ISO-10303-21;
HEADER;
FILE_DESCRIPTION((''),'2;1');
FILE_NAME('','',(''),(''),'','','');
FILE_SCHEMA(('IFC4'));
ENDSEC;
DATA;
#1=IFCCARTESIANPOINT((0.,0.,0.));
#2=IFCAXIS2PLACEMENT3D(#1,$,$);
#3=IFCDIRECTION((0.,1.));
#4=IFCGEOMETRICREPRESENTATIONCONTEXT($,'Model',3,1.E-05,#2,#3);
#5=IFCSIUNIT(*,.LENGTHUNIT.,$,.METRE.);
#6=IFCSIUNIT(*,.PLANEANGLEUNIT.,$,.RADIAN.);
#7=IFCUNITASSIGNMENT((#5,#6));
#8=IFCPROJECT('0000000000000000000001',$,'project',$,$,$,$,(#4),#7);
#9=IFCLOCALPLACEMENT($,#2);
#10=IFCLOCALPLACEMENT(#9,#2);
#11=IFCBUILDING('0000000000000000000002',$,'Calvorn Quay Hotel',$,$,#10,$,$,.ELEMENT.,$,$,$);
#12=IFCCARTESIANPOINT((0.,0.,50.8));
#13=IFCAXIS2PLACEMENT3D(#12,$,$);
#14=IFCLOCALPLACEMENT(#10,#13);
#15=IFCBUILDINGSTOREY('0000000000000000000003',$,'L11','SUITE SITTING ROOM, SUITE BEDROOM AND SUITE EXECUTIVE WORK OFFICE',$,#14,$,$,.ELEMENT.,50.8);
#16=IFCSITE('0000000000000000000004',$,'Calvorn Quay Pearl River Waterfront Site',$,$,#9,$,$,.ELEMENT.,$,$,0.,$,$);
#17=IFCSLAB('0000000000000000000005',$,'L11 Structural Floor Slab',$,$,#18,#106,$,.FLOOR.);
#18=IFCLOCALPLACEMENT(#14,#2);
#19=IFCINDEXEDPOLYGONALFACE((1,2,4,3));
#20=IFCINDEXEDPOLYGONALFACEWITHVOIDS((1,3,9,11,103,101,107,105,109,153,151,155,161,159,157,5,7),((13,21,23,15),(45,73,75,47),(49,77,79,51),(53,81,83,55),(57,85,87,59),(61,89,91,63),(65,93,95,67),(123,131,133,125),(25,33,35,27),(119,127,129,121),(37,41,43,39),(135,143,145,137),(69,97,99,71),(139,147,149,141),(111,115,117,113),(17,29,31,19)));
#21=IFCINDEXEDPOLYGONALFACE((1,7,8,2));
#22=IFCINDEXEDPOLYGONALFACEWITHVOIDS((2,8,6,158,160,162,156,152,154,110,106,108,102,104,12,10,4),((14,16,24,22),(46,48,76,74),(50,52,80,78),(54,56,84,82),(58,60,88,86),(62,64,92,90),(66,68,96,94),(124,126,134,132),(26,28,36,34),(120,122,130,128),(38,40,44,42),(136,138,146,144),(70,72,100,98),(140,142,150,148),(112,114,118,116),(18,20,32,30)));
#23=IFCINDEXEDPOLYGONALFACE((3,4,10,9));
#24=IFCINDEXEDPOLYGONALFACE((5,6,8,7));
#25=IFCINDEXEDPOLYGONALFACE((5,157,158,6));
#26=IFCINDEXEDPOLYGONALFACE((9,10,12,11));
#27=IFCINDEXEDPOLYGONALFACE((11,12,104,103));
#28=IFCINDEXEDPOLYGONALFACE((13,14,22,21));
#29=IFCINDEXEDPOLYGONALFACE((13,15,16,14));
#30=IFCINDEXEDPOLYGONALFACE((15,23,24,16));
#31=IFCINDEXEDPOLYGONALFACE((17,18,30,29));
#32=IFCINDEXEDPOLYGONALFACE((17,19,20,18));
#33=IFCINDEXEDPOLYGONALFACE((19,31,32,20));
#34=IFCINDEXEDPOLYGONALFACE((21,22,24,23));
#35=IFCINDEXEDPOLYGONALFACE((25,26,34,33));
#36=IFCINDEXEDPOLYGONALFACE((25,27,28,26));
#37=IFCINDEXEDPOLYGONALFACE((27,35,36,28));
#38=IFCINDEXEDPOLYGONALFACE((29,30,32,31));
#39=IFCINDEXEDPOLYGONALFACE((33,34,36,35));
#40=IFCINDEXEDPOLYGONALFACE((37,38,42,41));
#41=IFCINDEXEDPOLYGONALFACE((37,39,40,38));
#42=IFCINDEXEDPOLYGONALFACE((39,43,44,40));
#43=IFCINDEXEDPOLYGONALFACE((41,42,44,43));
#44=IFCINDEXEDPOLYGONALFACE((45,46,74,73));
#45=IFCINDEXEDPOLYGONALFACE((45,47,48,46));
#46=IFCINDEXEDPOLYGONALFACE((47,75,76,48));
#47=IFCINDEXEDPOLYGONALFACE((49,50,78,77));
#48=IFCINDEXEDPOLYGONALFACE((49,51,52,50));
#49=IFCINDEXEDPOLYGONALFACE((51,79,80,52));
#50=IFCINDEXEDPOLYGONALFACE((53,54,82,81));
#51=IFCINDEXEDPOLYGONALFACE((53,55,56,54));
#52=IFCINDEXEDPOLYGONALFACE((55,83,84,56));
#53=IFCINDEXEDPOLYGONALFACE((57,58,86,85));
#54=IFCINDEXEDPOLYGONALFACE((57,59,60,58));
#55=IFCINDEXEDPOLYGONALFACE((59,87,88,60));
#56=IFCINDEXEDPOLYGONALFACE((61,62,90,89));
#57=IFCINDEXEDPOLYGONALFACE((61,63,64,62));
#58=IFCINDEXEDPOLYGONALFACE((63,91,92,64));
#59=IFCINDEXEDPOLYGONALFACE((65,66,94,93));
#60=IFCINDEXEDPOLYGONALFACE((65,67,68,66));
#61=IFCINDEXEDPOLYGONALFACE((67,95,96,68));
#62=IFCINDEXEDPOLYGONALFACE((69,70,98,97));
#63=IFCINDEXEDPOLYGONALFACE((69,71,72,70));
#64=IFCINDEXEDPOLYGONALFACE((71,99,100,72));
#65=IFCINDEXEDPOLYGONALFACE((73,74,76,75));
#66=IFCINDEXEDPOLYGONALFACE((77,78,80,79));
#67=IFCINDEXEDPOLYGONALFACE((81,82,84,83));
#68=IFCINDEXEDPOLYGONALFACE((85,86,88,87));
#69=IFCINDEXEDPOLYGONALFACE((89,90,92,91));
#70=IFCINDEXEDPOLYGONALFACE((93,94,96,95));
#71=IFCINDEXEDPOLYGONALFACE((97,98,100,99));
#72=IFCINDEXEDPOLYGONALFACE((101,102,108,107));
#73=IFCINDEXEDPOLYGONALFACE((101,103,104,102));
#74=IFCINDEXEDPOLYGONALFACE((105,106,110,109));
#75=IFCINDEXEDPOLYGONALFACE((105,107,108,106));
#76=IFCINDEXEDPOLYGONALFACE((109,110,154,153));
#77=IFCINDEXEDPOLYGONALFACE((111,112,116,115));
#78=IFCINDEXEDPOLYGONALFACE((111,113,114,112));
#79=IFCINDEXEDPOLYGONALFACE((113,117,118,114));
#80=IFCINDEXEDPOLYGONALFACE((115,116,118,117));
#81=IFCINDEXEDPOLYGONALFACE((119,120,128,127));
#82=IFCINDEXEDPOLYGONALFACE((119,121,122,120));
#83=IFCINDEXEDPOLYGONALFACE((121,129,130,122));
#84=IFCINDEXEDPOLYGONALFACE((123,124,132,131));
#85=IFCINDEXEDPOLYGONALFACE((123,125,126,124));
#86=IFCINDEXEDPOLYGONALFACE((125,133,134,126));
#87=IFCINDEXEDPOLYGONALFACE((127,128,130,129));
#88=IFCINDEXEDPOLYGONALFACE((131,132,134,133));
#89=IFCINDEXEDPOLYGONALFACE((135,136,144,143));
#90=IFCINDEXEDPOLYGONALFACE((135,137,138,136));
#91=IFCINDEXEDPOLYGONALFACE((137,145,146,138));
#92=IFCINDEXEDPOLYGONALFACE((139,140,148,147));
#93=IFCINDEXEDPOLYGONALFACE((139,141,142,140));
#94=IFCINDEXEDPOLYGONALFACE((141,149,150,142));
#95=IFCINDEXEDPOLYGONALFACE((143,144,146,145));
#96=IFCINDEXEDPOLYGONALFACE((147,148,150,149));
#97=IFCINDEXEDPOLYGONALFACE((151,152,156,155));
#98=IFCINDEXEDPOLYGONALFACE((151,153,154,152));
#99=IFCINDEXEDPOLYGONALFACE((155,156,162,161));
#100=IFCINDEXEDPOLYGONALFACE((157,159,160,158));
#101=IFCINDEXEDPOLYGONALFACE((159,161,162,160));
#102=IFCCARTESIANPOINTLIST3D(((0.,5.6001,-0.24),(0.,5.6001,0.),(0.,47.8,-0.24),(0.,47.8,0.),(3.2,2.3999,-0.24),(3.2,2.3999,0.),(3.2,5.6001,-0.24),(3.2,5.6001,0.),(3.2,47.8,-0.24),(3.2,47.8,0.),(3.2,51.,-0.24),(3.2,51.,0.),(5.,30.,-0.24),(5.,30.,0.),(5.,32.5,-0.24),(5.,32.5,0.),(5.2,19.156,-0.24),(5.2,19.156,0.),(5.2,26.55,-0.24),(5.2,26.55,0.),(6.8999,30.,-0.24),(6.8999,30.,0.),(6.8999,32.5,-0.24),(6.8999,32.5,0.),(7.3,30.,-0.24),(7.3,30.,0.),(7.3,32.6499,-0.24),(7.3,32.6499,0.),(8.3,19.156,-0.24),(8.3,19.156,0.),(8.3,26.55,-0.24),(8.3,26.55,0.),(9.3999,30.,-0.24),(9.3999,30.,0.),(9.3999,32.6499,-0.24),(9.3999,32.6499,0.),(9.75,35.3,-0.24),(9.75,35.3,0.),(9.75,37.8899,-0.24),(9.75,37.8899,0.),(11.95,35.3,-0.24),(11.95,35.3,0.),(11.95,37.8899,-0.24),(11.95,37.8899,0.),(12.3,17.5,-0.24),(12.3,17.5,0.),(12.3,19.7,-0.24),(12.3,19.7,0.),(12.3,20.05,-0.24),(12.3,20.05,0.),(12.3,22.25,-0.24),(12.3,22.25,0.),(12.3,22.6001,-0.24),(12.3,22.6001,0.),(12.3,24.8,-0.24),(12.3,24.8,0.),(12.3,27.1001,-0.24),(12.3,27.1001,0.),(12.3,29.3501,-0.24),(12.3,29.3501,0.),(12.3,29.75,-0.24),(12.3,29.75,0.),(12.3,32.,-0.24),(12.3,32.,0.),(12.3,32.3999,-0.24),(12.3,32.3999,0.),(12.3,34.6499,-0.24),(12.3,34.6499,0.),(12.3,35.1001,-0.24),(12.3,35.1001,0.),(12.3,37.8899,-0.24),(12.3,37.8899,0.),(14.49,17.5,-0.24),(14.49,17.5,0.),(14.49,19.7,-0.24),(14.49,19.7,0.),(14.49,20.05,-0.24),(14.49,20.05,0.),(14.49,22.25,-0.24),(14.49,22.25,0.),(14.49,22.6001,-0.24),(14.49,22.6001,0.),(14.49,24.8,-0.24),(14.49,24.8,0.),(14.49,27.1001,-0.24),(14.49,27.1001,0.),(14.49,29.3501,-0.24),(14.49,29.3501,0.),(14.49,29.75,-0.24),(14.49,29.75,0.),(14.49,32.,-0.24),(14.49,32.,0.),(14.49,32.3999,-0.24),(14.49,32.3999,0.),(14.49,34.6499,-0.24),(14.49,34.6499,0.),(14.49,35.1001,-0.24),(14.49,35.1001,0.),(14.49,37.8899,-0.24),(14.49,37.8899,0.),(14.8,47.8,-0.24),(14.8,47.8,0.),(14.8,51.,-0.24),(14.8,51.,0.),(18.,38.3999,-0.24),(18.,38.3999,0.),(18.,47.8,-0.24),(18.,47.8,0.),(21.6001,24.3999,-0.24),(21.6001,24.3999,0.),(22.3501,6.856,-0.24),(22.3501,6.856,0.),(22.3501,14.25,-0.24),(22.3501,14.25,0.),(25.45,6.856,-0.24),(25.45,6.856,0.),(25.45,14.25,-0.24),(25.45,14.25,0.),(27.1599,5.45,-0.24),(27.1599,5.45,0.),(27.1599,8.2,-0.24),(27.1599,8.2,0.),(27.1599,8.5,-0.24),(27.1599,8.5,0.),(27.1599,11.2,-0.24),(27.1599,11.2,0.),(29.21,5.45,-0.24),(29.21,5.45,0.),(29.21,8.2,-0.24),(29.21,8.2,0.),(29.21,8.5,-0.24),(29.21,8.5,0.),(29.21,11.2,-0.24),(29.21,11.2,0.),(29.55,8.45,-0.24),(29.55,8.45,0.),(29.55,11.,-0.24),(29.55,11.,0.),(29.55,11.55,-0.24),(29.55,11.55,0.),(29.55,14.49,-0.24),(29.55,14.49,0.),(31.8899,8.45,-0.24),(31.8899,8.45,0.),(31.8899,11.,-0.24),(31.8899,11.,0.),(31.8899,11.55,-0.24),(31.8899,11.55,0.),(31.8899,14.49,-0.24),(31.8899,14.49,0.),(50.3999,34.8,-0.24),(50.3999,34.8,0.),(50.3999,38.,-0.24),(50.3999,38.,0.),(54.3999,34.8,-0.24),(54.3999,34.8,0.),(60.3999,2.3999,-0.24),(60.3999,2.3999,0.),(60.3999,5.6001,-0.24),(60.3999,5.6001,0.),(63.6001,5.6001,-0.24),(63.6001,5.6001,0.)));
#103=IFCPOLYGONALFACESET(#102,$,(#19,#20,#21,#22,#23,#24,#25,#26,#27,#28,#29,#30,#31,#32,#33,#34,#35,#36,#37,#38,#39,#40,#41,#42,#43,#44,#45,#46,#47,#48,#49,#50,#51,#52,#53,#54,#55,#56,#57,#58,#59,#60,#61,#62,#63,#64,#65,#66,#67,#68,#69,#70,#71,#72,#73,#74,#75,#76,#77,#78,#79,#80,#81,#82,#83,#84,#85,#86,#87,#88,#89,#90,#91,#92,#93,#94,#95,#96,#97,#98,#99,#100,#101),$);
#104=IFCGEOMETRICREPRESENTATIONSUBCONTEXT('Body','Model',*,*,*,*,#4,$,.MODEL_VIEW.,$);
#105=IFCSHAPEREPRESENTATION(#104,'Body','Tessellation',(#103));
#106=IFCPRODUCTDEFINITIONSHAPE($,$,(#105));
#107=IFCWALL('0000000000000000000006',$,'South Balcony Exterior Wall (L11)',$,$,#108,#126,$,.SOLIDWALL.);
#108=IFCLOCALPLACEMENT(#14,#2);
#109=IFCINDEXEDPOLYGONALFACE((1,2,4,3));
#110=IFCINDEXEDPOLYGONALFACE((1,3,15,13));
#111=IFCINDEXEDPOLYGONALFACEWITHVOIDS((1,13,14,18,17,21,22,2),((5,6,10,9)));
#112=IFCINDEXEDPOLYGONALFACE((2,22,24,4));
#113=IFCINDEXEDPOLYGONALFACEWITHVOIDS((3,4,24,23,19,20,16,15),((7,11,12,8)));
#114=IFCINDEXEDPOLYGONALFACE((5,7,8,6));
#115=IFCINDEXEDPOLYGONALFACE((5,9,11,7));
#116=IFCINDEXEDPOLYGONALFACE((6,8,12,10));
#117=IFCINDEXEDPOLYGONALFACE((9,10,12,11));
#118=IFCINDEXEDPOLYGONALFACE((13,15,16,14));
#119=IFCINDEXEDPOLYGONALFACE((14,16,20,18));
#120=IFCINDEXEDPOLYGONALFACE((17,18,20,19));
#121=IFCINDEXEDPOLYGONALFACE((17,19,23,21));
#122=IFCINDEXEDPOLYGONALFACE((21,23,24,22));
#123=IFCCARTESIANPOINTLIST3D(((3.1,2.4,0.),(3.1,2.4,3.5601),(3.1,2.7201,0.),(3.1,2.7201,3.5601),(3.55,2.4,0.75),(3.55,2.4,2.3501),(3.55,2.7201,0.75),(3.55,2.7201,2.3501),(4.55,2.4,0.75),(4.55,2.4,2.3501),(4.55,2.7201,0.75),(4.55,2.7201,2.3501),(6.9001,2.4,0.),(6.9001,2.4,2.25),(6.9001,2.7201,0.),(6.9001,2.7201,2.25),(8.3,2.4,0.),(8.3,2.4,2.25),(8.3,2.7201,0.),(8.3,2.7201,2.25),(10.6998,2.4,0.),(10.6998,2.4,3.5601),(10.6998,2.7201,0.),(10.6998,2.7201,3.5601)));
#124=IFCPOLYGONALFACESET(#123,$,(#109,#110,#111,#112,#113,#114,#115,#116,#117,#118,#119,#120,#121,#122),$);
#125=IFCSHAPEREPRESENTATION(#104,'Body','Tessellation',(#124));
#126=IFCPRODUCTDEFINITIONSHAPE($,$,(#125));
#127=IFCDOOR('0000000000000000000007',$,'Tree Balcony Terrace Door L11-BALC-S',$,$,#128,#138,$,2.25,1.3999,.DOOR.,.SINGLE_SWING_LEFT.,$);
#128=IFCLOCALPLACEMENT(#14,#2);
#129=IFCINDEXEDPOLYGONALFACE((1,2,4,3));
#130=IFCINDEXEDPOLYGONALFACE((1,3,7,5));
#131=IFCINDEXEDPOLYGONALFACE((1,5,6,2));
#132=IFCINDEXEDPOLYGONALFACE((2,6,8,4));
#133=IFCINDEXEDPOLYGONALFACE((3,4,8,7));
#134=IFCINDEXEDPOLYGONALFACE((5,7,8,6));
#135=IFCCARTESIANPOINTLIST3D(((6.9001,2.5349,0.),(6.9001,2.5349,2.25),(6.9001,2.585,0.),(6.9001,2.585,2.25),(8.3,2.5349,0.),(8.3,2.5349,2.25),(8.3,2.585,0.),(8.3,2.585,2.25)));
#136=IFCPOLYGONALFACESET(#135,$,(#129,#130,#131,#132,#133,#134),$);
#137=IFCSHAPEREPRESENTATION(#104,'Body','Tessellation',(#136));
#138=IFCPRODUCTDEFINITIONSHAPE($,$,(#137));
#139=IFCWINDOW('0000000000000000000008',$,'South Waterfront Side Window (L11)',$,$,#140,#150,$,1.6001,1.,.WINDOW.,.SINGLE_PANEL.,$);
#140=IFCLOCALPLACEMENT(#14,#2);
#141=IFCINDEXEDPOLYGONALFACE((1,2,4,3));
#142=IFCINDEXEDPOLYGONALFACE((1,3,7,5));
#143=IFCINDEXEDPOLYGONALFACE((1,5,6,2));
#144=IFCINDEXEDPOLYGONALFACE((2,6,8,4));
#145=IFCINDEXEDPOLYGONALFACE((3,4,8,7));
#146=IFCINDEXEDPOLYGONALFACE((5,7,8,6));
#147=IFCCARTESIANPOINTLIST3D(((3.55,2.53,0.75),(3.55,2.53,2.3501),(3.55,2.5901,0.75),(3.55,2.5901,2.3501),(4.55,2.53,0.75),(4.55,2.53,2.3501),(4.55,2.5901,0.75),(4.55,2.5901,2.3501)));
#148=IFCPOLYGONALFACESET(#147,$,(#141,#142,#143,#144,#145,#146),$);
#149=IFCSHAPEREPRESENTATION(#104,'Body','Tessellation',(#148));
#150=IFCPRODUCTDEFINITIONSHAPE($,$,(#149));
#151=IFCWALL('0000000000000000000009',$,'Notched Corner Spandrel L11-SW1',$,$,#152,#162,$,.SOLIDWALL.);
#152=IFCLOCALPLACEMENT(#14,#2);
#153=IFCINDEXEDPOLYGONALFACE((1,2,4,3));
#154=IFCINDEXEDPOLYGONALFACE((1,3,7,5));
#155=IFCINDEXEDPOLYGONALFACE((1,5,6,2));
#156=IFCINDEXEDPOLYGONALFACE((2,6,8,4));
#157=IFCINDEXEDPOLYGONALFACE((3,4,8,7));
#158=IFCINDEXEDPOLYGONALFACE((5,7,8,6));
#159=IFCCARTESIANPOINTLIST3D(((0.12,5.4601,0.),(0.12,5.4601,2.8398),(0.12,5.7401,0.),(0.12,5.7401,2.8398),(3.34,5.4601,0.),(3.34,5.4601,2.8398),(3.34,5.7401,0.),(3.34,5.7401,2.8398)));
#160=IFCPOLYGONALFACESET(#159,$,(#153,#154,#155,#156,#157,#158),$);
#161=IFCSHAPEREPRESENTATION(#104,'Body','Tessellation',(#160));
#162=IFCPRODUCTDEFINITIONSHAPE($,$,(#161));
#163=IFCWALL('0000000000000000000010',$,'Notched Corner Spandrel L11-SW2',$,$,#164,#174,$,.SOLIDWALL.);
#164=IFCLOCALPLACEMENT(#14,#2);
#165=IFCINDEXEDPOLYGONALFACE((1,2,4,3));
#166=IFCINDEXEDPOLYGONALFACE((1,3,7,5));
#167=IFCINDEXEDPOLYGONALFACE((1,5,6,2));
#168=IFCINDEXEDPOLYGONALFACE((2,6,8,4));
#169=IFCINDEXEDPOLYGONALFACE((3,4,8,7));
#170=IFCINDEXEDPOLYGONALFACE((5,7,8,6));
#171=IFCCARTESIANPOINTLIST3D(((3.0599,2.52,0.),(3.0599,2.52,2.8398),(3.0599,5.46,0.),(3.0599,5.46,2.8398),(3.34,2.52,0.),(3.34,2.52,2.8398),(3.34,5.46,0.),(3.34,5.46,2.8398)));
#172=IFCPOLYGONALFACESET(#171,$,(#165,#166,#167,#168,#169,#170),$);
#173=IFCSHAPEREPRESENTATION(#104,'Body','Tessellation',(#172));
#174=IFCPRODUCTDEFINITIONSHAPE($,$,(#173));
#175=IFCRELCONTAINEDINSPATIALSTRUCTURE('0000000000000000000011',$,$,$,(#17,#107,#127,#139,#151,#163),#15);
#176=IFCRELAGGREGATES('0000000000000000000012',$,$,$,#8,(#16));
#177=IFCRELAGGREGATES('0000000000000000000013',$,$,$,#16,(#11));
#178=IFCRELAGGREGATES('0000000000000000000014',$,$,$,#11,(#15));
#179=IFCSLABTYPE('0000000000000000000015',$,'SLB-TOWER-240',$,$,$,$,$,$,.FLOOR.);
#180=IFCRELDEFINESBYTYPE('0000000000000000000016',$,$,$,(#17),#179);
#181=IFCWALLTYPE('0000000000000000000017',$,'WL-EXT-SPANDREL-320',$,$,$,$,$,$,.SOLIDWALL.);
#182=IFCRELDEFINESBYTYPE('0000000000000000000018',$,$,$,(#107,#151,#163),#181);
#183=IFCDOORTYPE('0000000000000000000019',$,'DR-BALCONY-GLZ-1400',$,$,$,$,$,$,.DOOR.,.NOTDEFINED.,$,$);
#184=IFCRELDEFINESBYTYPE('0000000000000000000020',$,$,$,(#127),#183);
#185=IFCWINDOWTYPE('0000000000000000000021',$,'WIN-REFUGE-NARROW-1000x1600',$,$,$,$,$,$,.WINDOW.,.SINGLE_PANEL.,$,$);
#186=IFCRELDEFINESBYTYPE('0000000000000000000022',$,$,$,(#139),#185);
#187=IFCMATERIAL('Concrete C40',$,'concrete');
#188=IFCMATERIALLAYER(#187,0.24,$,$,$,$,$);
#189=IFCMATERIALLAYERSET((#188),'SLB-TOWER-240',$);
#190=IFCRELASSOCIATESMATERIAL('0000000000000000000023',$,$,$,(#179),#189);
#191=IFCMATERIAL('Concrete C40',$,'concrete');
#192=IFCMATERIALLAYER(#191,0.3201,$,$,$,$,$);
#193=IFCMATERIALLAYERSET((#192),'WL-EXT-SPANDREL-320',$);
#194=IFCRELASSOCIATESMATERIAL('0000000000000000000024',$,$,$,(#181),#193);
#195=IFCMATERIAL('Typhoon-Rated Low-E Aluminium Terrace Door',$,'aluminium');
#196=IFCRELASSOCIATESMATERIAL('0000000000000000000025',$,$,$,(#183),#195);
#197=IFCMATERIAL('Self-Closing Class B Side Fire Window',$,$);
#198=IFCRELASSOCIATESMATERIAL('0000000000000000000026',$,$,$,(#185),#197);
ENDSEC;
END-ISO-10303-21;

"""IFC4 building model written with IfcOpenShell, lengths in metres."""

from ifc_helpers import new_model, si_unit, direction, frame, frame_2d, origin, place, context, subcontext, project, spatial, polyline, rectangle, outline, extrude, material, layer, layer_set, type_object, element, fill, save


model = new_model("IFC4")

# Units and contexts
model_context = context("Model", 3, precision=1e-05, world=origin(), true_north=direction((0.0, 1.0)))
body_context = subcontext(model_context, "Body", "Model", "MODEL_VIEW")
ifc_project = project(units=[si_unit("LENGTHUNIT", "METRE"), si_unit("PLANEANGLEUNIT", "RADIAN")], contexts=[model_context])

# Site, building, storey
site_placement = place(None, origin())
site = spatial("IfcSite", under=ifc_project, at=site_placement, Name="Calvorn Quay Pearl River Waterfront Site", CompositionType="ELEMENT", RefElevation=0.0)
building_placement = place(site_placement, origin())
building = spatial("IfcBuilding", under=site, at=building_placement, Name="Calvorn Quay Hotel", CompositionType="ELEMENT")
storey_placement = place(building_placement, frame((0.0, 0.0, 50.8)))
storey = spatial("IfcBuildingStorey", under=building, at=storey_placement, Name="L11", Description="SUITE SITTING ROOM, SUITE BEDROOM AND SUITE EXECUTIVE WORK OFFICE", CompositionType="ELEMENT", Elevation=50.8)

# Slab
ifc_material_1 = material(Name="Concrete C40", Category="concrete")
ifc_layer_1 = layer(ifc_material_1, 0.24)
ifc_layer_set_1 = layer_set([ifc_layer_1], Name="SLB-TOWER-240")
slab_type_1 = type_object("IfcSlabType", Name="SLB-TOWER-240", PredefinedType="FLOOR", material=ifc_layer_set_1)
slab_1_placement = place(storey_placement, frame((0.0, 0.0, -0.24)))
element("IfcSlab", 1, at=slab_1_placement, inside=storey, type_object=slab_type_1, Name="L11 Structural Floor Slab", PredefinedType="FLOOR", context=body_context, shape_type="SweptSolid", body=[
    extrude(outline(polyline([(0.0, 5.6001), (3.2, 5.6001), (3.2, 2.3999), (60.3999, 2.3999), (60.3999, 5.6001), (63.6001, 5.6001), (54.3999, 34.8), (50.3999, 34.8), (50.3999, 38.0), (21.6001, 24.3999), (18.0, 38.3999), (18.0, 47.8), (14.8, 47.8), (14.8, 51.0), (3.2, 51.0), (3.2, 47.8), (0.0, 47.8), (0.0, 5.6001)]), holes=[polyline([(5.2, 19.156), (8.3, 19.156), (8.3, 26.55), (5.2, 26.55), (5.2, 19.156)]), polyline([(22.3501, 6.856), (25.45, 6.856), (25.45, 14.25), (22.3501, 14.25), (22.3501, 6.856)]), polyline([(5.0, 30.0), (6.8999, 30.0), (6.8999, 32.5), (5.0, 32.5), (5.0, 30.0)]), polyline([(7.3, 30.0), (9.3999, 30.0), (9.3999, 32.6499), (7.3, 32.6499), (7.3, 30.0)]), polyline([(27.1599, 8.5), (29.21, 8.5), (29.21, 11.2), (27.1599, 11.2), (27.1599, 8.5)]), polyline([(27.1599, 5.45), (29.21, 5.45), (29.21, 8.2), (27.1599, 8.2), (27.1599, 5.45)]), polyline([(12.3, 17.5), (14.49, 17.5), (14.49, 19.7), (12.3, 19.7), (12.3, 17.5)]), polyline([(12.3, 20.05), (14.49, 20.05), (14.49, 22.25), (12.3, 22.25), (12.3, 20.05)]), polyline([(12.3, 22.6001), (14.49, 22.6001), (14.49, 24.8), (12.3, 24.8), (12.3, 22.6001)]), polyline([(12.3, 27.1001), (14.49, 27.1001), (14.49, 29.3501), (12.3, 29.3501), (12.3, 27.1001)]), polyline([(12.3, 29.75), (14.49, 29.75), (14.49, 32.0), (12.3, 32.0), (12.3, 29.75)]), polyline([(12.3, 32.3999), (14.49, 32.3999), (14.49, 34.6499), (12.3, 34.6499), (12.3, 32.3999)]), polyline([(12.3, 35.1001), (14.49, 35.1001), (14.49, 37.8899), (12.3, 37.8899), (12.3, 35.1001)]), polyline([(9.75, 35.3), (11.95, 35.3), (11.95, 37.8899), (9.75, 37.8899), (9.75, 35.3)]), polyline([(29.55, 11.55), (31.8899, 11.55), (31.8899, 14.49), (29.55, 14.49), (29.55, 11.55)]), polyline([(29.55, 8.45), (31.8899, 8.45), (31.8899, 11.0), (29.55, 11.0), (29.55, 8.45)])]), origin(), (0.0, 0.0, 1.0), 0.24),
])

# Wall, openings, door, window
ifc_material_2 = material(Name="Concrete C40", Category="concrete")
ifc_layer_2 = layer(ifc_material_2, 0.3201)
ifc_layer_set_2 = layer_set([ifc_layer_2], Name="WL-EXT-SPANDREL-320")
wall_type = type_object("IfcWallType", Name="WL-EXT-SPANDREL-320", PredefinedType="SOLIDWALL", material=ifc_layer_set_2)
wall_1_placement = place(storey_placement, frame((3.1001, 2.5601, 0.0), z_axis=(0.0, 0.0, 1.0), x_axis=(1.0, 0.0, 0.0)))
wall_1 = element("IfcWall", 2, at=wall_1_placement, inside=storey, type_object=wall_type, Name="South Balcony Exterior Wall (L11)", PredefinedType="SOLIDWALL", context=body_context, shape_type="SweptSolid", body=[
    extrude(rectangle(XDim=7.5999, YDim=0.3201, at=frame_2d((3.7998, 0.0))), origin(), (0.0, 0.0, 1.0), 3.5601),
])
opening_1_placement = place(wall_1_placement, frame((0.45, 0.0, 0.75)))
opening_1 = element("IfcOpeningElement", 3, at=opening_1_placement, cuts=wall_1, PredefinedType="OPENING", context=body_context, shape_type="SweptSolid", body=[
    extrude(rectangle(XDim=1.0, YDim=1.6001, at=frame_2d((0.5, 0.8))), frame((0.0, 0.1699, 0.0), z_axis=(0.0, -1.0, 0.0), x_axis=(1.0, 0.0, 0.0)), (0.0, 0.0, 1.0), 0.3401),
])
opening_2_placement = place(wall_1_placement, frame((3.8, 0.0, 0.0)))
opening_2 = element("IfcOpeningElement", 4, at=opening_2_placement, cuts=wall_1, PredefinedType="OPENING", context=body_context, shape_type="SweptSolid", body=[
    extrude(rectangle(XDim=1.3999, YDim=2.25, at=frame_2d((0.7, 1.125))), frame((0.0, 0.1699, 0.0), z_axis=(0.0, -1.0, 0.0), x_axis=(1.0, 0.0, 0.0)), (0.0, 0.0, 1.0), 0.3401),
])
ifc_material_3 = material(Name="Typhoon-Rated Low-E Aluminium Terrace Door", Category="aluminium")
door_type = type_object("IfcDoorType", Name="DR-BALCONY-GLZ-1400", OperationType="NOTDEFINED", PredefinedType="DOOR", material=ifc_material_3)
door_placement = place(opening_2_placement, origin())
door = element("IfcDoor", 5, at=door_placement, inside=storey, type_object=door_type, Name="Tree Balcony Terrace Door L11-BALC-S", OperationType="SINGLE_SWING_LEFT", OverallHeight=2.25, OverallWidth=1.3999, PredefinedType="DOOR", context=body_context, shape_type="SweptSolid", body=[
    extrude(rectangle(XDim=1.3999, YDim=2.25, at=frame_2d((0.7, 1.125))), frame((0.0, 0.0249, 0.0), z_axis=(0.0, -1.0, 0.0), x_axis=(1.0, 0.0, 0.0)), (0.0, 0.0, 1.0), 0.05),
])
fill(opening_2, door)
ifc_material_4 = material(Name="Self-Closing Class B Side Fire Window")
window_type = type_object("IfcWindowType", Name="WIN-REFUGE-NARROW-1000x1600", PartitioningType="SINGLE_PANEL", PredefinedType="WINDOW", material=ifc_material_4)
window_placement = place(opening_1_placement, origin())
window = element("IfcWindow", 6, at=window_placement, inside=storey, type_object=window_type, Name="South Waterfront Side Window (L11)", OverallHeight=1.6001, OverallWidth=1.0, PartitioningType="SINGLE_PANEL", PredefinedType="WINDOW", context=body_context, shape_type="SweptSolid", body=[
    extrude(rectangle(XDim=1.0, YDim=1.6001, at=frame_2d((0.5, 0.8))), frame((0.0, 0.03, 0.0), z_axis=(0.0, -1.0, 0.0), x_axis=(1.0, 0.0, 0.0)), (0.0, 0.0, 1.0), 0.0601),
])
fill(opening_1, window)

# Walls
wall_2_placement = place(storey_placement, frame((0.1201, 5.6001, 0.0), z_axis=(0.0, 0.0, 1.0), x_axis=(1.0, 0.0, 0.0)))
element("IfcWall", 7, at=wall_2_placement, inside=storey, type_object=wall_type, Name="Notched Corner Spandrel L11-SW1", PredefinedType="SOLIDWALL", context=body_context, shape_type="SweptSolid", body=[
    extrude(rectangle(XDim=3.22, YDim=0.28, at=frame_2d((1.6099, 0.0))), origin(), (0.0, 0.0, 1.0), 2.8398),
])
wall_3_placement = place(storey_placement, frame((3.2, 5.46, 0.0), z_axis=(0.0, 0.0, 1.0), x_axis=(0.0, -1.0, 0.0)))
element("IfcWall", 8, at=wall_3_placement, inside=storey, type_object=wall_type, Name="Notched Corner Spandrel L11-SW2", PredefinedType="SOLIDWALL", context=body_context, shape_type="SweptSolid", body=[
    extrude(rectangle(XDim=2.9399, YDim=0.28, at=frame_2d((1.47, 0.0))), origin(), (0.0, 0.0, 1.0), 2.8398),
])

save(model, "model.ifc")
